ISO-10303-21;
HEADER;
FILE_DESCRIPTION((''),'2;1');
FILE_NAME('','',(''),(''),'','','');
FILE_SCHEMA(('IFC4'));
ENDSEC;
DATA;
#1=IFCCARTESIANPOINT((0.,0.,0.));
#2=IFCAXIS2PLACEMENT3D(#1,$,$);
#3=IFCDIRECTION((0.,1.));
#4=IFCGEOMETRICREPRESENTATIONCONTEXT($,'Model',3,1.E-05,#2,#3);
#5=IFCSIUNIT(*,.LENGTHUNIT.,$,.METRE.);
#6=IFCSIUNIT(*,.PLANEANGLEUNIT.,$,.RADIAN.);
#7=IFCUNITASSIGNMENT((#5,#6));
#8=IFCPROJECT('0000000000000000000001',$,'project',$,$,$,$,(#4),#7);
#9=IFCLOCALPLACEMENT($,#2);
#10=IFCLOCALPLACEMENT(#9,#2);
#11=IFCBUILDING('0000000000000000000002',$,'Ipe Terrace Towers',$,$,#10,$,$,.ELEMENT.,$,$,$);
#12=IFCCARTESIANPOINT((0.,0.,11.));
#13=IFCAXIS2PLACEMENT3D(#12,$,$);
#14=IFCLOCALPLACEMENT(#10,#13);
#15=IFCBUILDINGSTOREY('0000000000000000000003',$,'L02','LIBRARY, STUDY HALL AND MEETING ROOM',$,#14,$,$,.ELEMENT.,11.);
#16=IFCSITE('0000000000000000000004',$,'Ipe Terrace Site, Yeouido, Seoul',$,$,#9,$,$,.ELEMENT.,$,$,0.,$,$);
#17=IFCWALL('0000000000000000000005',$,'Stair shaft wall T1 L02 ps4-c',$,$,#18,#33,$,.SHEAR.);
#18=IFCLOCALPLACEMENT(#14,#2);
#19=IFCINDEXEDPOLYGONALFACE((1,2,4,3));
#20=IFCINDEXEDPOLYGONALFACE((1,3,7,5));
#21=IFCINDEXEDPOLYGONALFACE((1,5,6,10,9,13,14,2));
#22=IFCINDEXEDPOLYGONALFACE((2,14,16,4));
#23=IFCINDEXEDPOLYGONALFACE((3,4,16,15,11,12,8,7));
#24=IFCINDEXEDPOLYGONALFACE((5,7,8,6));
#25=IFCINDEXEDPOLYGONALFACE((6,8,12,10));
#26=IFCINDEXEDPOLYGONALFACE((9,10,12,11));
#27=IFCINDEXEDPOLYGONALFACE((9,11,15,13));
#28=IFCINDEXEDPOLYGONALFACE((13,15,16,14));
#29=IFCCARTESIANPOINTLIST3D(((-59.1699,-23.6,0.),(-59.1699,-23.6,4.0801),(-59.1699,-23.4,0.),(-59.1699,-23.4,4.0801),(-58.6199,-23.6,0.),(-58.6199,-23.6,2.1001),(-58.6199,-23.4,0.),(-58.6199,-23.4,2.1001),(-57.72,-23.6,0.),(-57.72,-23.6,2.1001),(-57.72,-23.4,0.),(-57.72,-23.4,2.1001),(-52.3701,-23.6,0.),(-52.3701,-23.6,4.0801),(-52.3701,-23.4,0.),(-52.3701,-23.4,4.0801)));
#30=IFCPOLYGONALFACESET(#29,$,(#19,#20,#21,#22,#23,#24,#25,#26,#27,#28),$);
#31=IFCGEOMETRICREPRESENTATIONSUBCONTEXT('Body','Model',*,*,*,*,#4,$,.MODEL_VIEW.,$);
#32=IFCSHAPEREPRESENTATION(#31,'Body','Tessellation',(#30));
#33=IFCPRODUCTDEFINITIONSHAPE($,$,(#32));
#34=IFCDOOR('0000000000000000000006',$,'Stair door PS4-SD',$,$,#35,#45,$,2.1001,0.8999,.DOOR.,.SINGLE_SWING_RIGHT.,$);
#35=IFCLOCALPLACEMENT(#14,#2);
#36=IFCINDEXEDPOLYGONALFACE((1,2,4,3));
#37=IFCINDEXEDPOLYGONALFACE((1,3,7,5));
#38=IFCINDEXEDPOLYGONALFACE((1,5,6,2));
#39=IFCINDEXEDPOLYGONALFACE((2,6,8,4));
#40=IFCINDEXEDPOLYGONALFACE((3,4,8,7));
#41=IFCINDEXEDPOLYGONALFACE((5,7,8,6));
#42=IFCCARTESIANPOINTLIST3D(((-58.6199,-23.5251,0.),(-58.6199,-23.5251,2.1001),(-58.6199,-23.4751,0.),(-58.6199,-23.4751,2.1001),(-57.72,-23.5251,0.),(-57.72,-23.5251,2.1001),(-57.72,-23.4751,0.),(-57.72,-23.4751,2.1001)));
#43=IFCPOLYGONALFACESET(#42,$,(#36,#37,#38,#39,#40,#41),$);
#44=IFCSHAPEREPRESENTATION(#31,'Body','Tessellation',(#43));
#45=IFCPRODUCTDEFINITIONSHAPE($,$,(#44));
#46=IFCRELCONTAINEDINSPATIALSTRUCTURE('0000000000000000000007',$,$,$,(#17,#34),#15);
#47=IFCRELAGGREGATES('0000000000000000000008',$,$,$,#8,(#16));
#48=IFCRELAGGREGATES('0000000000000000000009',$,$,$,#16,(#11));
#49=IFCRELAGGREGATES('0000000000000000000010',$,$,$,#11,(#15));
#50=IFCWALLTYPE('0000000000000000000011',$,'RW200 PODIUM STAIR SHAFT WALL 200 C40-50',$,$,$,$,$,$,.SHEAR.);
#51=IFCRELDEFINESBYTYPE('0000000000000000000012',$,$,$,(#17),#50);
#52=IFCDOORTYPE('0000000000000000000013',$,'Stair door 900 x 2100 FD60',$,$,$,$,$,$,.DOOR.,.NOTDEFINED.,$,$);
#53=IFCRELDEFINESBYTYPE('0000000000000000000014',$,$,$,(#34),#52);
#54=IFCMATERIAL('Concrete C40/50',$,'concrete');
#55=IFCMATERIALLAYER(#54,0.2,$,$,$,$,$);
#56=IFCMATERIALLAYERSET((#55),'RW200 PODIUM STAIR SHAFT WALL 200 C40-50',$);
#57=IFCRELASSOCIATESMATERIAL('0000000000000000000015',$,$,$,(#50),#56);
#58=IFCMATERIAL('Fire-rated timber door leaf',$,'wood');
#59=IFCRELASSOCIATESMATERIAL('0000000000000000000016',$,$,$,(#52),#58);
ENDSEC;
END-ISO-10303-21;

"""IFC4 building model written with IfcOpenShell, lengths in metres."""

from ifc_helpers import new_model, si_unit, direction, frame, frame_2d, origin, place, context, subcontext, project, spatial, rectangle, extrude, material, layer, layer_set, type_object, element, fill, save


model = new_model("IFC4")

# Units and contexts
model_context = context("Model", 3, precision=1e-05, world=origin(), true_north=direction((0.0, 1.0)))
body_context = subcontext(model_context, "Body", "Model", "MODEL_VIEW")
ifc_project = project(units=[si_unit("LENGTHUNIT", "METRE"), si_unit("PLANEANGLEUNIT", "RADIAN")], contexts=[model_context])

# Site, building, storey
site_placement = place(None, origin())
site = spatial("IfcSite", under=ifc_project, at=site_placement, Name="Ipe Terrace Site, Yeouido, Seoul", CompositionType="ELEMENT", RefElevation=0.0)
building_placement = place(site_placement, origin())
building = spatial("IfcBuilding", under=site, at=building_placement, Name="Ipe Terrace Towers", CompositionType="ELEMENT")
storey_placement = place(building_placement, frame((0.0, 0.0, 11.0)))
storey = spatial("IfcBuildingStorey", under=building, at=storey_placement, Name="L02", Description="LIBRARY, STUDY HALL AND MEETING ROOM", CompositionType="ELEMENT", Elevation=11.0)

# Wall, opening, door
ifc_material_1 = material(Name="Concrete C40/50", Category="concrete")
ifc_layer_1 = layer(ifc_material_1, 0.2)
ifc_layer_set_1 = layer_set([ifc_layer_1], Name="RW200 PODIUM STAIR SHAFT WALL 200 C40-50")
wall_type_1 = type_object("IfcWallType", Name="RW200 PODIUM STAIR SHAFT WALL 200 C40-50", PredefinedType="SHEAR", material=ifc_layer_set_1)
wall_1_placement = place(storey_placement, frame((-59.1699, -23.5, 0.0), z_axis=(0.0, 0.0, 1.0), x_axis=(1.0, 0.0, 0.0)))
wall_1 = element("IfcWall", 1, at=wall_1_placement, inside=storey, type_object=wall_type_1, Name="Stair shaft wall T1 L02 ps4-c", PredefinedType="SHEAR", context=body_context, shape_type="SweptSolid", body=[
    extrude(rectangle(XDim=6.7998, YDim=0.2, at=frame_2d((3.3999, 0.0))), origin(), (0.0, 0.0, 1.0), 4.0801),
])
opening_1_placement = place(wall_1_placement, frame((0.55, 0.0, 0.0)))
opening_1 = element("IfcOpeningElement", 2, at=opening_1_placement, cuts=wall_1, PredefinedType="OPENING", context=body_context, shape_type="SweptSolid", body=[
    extrude(rectangle(XDim=0.8999, YDim=2.1001, at=frame_2d((0.45, 1.05))), frame((0.0, 0.1099, 0.0), z_axis=(0.0, -1.0, 0.0), x_axis=(1.0, 0.0, 0.0)), (0.0, 0.0, 1.0), 0.22),
])
ifc_material_2 = material(Name="Fire-rated timber door leaf", Category="wood")
door_type_1 = type_object("IfcDoorType", Name="Stair door 900 x 2100 FD60", OperationType="NOTDEFINED", PredefinedType="DOOR", material=ifc_material_2)
door_1_placement = place(opening_1_placement, origin())
door_1 = element("IfcDoor", 3, at=door_1_placement, inside=storey, type_object=door_type_1, Name="Stair door PS4-SD", OperationType="SINGLE_SWING_RIGHT", OverallHeight=2.1001, OverallWidth=0.8999, PredefinedType="DOOR", context=body_context, shape_type="SweptSolid", body=[
    extrude(rectangle(XDim=0.8999, YDim=2.1001, at=frame_2d((0.45, 1.05))), frame((0.0, 0.0249, 0.0), z_axis=(0.0, -1.0, 0.0), x_axis=(1.0, 0.0, 0.0)), (0.0, 0.0, 1.0), 0.05),
])
fill(opening_1, door_1)

save(model, "model.ifc")
